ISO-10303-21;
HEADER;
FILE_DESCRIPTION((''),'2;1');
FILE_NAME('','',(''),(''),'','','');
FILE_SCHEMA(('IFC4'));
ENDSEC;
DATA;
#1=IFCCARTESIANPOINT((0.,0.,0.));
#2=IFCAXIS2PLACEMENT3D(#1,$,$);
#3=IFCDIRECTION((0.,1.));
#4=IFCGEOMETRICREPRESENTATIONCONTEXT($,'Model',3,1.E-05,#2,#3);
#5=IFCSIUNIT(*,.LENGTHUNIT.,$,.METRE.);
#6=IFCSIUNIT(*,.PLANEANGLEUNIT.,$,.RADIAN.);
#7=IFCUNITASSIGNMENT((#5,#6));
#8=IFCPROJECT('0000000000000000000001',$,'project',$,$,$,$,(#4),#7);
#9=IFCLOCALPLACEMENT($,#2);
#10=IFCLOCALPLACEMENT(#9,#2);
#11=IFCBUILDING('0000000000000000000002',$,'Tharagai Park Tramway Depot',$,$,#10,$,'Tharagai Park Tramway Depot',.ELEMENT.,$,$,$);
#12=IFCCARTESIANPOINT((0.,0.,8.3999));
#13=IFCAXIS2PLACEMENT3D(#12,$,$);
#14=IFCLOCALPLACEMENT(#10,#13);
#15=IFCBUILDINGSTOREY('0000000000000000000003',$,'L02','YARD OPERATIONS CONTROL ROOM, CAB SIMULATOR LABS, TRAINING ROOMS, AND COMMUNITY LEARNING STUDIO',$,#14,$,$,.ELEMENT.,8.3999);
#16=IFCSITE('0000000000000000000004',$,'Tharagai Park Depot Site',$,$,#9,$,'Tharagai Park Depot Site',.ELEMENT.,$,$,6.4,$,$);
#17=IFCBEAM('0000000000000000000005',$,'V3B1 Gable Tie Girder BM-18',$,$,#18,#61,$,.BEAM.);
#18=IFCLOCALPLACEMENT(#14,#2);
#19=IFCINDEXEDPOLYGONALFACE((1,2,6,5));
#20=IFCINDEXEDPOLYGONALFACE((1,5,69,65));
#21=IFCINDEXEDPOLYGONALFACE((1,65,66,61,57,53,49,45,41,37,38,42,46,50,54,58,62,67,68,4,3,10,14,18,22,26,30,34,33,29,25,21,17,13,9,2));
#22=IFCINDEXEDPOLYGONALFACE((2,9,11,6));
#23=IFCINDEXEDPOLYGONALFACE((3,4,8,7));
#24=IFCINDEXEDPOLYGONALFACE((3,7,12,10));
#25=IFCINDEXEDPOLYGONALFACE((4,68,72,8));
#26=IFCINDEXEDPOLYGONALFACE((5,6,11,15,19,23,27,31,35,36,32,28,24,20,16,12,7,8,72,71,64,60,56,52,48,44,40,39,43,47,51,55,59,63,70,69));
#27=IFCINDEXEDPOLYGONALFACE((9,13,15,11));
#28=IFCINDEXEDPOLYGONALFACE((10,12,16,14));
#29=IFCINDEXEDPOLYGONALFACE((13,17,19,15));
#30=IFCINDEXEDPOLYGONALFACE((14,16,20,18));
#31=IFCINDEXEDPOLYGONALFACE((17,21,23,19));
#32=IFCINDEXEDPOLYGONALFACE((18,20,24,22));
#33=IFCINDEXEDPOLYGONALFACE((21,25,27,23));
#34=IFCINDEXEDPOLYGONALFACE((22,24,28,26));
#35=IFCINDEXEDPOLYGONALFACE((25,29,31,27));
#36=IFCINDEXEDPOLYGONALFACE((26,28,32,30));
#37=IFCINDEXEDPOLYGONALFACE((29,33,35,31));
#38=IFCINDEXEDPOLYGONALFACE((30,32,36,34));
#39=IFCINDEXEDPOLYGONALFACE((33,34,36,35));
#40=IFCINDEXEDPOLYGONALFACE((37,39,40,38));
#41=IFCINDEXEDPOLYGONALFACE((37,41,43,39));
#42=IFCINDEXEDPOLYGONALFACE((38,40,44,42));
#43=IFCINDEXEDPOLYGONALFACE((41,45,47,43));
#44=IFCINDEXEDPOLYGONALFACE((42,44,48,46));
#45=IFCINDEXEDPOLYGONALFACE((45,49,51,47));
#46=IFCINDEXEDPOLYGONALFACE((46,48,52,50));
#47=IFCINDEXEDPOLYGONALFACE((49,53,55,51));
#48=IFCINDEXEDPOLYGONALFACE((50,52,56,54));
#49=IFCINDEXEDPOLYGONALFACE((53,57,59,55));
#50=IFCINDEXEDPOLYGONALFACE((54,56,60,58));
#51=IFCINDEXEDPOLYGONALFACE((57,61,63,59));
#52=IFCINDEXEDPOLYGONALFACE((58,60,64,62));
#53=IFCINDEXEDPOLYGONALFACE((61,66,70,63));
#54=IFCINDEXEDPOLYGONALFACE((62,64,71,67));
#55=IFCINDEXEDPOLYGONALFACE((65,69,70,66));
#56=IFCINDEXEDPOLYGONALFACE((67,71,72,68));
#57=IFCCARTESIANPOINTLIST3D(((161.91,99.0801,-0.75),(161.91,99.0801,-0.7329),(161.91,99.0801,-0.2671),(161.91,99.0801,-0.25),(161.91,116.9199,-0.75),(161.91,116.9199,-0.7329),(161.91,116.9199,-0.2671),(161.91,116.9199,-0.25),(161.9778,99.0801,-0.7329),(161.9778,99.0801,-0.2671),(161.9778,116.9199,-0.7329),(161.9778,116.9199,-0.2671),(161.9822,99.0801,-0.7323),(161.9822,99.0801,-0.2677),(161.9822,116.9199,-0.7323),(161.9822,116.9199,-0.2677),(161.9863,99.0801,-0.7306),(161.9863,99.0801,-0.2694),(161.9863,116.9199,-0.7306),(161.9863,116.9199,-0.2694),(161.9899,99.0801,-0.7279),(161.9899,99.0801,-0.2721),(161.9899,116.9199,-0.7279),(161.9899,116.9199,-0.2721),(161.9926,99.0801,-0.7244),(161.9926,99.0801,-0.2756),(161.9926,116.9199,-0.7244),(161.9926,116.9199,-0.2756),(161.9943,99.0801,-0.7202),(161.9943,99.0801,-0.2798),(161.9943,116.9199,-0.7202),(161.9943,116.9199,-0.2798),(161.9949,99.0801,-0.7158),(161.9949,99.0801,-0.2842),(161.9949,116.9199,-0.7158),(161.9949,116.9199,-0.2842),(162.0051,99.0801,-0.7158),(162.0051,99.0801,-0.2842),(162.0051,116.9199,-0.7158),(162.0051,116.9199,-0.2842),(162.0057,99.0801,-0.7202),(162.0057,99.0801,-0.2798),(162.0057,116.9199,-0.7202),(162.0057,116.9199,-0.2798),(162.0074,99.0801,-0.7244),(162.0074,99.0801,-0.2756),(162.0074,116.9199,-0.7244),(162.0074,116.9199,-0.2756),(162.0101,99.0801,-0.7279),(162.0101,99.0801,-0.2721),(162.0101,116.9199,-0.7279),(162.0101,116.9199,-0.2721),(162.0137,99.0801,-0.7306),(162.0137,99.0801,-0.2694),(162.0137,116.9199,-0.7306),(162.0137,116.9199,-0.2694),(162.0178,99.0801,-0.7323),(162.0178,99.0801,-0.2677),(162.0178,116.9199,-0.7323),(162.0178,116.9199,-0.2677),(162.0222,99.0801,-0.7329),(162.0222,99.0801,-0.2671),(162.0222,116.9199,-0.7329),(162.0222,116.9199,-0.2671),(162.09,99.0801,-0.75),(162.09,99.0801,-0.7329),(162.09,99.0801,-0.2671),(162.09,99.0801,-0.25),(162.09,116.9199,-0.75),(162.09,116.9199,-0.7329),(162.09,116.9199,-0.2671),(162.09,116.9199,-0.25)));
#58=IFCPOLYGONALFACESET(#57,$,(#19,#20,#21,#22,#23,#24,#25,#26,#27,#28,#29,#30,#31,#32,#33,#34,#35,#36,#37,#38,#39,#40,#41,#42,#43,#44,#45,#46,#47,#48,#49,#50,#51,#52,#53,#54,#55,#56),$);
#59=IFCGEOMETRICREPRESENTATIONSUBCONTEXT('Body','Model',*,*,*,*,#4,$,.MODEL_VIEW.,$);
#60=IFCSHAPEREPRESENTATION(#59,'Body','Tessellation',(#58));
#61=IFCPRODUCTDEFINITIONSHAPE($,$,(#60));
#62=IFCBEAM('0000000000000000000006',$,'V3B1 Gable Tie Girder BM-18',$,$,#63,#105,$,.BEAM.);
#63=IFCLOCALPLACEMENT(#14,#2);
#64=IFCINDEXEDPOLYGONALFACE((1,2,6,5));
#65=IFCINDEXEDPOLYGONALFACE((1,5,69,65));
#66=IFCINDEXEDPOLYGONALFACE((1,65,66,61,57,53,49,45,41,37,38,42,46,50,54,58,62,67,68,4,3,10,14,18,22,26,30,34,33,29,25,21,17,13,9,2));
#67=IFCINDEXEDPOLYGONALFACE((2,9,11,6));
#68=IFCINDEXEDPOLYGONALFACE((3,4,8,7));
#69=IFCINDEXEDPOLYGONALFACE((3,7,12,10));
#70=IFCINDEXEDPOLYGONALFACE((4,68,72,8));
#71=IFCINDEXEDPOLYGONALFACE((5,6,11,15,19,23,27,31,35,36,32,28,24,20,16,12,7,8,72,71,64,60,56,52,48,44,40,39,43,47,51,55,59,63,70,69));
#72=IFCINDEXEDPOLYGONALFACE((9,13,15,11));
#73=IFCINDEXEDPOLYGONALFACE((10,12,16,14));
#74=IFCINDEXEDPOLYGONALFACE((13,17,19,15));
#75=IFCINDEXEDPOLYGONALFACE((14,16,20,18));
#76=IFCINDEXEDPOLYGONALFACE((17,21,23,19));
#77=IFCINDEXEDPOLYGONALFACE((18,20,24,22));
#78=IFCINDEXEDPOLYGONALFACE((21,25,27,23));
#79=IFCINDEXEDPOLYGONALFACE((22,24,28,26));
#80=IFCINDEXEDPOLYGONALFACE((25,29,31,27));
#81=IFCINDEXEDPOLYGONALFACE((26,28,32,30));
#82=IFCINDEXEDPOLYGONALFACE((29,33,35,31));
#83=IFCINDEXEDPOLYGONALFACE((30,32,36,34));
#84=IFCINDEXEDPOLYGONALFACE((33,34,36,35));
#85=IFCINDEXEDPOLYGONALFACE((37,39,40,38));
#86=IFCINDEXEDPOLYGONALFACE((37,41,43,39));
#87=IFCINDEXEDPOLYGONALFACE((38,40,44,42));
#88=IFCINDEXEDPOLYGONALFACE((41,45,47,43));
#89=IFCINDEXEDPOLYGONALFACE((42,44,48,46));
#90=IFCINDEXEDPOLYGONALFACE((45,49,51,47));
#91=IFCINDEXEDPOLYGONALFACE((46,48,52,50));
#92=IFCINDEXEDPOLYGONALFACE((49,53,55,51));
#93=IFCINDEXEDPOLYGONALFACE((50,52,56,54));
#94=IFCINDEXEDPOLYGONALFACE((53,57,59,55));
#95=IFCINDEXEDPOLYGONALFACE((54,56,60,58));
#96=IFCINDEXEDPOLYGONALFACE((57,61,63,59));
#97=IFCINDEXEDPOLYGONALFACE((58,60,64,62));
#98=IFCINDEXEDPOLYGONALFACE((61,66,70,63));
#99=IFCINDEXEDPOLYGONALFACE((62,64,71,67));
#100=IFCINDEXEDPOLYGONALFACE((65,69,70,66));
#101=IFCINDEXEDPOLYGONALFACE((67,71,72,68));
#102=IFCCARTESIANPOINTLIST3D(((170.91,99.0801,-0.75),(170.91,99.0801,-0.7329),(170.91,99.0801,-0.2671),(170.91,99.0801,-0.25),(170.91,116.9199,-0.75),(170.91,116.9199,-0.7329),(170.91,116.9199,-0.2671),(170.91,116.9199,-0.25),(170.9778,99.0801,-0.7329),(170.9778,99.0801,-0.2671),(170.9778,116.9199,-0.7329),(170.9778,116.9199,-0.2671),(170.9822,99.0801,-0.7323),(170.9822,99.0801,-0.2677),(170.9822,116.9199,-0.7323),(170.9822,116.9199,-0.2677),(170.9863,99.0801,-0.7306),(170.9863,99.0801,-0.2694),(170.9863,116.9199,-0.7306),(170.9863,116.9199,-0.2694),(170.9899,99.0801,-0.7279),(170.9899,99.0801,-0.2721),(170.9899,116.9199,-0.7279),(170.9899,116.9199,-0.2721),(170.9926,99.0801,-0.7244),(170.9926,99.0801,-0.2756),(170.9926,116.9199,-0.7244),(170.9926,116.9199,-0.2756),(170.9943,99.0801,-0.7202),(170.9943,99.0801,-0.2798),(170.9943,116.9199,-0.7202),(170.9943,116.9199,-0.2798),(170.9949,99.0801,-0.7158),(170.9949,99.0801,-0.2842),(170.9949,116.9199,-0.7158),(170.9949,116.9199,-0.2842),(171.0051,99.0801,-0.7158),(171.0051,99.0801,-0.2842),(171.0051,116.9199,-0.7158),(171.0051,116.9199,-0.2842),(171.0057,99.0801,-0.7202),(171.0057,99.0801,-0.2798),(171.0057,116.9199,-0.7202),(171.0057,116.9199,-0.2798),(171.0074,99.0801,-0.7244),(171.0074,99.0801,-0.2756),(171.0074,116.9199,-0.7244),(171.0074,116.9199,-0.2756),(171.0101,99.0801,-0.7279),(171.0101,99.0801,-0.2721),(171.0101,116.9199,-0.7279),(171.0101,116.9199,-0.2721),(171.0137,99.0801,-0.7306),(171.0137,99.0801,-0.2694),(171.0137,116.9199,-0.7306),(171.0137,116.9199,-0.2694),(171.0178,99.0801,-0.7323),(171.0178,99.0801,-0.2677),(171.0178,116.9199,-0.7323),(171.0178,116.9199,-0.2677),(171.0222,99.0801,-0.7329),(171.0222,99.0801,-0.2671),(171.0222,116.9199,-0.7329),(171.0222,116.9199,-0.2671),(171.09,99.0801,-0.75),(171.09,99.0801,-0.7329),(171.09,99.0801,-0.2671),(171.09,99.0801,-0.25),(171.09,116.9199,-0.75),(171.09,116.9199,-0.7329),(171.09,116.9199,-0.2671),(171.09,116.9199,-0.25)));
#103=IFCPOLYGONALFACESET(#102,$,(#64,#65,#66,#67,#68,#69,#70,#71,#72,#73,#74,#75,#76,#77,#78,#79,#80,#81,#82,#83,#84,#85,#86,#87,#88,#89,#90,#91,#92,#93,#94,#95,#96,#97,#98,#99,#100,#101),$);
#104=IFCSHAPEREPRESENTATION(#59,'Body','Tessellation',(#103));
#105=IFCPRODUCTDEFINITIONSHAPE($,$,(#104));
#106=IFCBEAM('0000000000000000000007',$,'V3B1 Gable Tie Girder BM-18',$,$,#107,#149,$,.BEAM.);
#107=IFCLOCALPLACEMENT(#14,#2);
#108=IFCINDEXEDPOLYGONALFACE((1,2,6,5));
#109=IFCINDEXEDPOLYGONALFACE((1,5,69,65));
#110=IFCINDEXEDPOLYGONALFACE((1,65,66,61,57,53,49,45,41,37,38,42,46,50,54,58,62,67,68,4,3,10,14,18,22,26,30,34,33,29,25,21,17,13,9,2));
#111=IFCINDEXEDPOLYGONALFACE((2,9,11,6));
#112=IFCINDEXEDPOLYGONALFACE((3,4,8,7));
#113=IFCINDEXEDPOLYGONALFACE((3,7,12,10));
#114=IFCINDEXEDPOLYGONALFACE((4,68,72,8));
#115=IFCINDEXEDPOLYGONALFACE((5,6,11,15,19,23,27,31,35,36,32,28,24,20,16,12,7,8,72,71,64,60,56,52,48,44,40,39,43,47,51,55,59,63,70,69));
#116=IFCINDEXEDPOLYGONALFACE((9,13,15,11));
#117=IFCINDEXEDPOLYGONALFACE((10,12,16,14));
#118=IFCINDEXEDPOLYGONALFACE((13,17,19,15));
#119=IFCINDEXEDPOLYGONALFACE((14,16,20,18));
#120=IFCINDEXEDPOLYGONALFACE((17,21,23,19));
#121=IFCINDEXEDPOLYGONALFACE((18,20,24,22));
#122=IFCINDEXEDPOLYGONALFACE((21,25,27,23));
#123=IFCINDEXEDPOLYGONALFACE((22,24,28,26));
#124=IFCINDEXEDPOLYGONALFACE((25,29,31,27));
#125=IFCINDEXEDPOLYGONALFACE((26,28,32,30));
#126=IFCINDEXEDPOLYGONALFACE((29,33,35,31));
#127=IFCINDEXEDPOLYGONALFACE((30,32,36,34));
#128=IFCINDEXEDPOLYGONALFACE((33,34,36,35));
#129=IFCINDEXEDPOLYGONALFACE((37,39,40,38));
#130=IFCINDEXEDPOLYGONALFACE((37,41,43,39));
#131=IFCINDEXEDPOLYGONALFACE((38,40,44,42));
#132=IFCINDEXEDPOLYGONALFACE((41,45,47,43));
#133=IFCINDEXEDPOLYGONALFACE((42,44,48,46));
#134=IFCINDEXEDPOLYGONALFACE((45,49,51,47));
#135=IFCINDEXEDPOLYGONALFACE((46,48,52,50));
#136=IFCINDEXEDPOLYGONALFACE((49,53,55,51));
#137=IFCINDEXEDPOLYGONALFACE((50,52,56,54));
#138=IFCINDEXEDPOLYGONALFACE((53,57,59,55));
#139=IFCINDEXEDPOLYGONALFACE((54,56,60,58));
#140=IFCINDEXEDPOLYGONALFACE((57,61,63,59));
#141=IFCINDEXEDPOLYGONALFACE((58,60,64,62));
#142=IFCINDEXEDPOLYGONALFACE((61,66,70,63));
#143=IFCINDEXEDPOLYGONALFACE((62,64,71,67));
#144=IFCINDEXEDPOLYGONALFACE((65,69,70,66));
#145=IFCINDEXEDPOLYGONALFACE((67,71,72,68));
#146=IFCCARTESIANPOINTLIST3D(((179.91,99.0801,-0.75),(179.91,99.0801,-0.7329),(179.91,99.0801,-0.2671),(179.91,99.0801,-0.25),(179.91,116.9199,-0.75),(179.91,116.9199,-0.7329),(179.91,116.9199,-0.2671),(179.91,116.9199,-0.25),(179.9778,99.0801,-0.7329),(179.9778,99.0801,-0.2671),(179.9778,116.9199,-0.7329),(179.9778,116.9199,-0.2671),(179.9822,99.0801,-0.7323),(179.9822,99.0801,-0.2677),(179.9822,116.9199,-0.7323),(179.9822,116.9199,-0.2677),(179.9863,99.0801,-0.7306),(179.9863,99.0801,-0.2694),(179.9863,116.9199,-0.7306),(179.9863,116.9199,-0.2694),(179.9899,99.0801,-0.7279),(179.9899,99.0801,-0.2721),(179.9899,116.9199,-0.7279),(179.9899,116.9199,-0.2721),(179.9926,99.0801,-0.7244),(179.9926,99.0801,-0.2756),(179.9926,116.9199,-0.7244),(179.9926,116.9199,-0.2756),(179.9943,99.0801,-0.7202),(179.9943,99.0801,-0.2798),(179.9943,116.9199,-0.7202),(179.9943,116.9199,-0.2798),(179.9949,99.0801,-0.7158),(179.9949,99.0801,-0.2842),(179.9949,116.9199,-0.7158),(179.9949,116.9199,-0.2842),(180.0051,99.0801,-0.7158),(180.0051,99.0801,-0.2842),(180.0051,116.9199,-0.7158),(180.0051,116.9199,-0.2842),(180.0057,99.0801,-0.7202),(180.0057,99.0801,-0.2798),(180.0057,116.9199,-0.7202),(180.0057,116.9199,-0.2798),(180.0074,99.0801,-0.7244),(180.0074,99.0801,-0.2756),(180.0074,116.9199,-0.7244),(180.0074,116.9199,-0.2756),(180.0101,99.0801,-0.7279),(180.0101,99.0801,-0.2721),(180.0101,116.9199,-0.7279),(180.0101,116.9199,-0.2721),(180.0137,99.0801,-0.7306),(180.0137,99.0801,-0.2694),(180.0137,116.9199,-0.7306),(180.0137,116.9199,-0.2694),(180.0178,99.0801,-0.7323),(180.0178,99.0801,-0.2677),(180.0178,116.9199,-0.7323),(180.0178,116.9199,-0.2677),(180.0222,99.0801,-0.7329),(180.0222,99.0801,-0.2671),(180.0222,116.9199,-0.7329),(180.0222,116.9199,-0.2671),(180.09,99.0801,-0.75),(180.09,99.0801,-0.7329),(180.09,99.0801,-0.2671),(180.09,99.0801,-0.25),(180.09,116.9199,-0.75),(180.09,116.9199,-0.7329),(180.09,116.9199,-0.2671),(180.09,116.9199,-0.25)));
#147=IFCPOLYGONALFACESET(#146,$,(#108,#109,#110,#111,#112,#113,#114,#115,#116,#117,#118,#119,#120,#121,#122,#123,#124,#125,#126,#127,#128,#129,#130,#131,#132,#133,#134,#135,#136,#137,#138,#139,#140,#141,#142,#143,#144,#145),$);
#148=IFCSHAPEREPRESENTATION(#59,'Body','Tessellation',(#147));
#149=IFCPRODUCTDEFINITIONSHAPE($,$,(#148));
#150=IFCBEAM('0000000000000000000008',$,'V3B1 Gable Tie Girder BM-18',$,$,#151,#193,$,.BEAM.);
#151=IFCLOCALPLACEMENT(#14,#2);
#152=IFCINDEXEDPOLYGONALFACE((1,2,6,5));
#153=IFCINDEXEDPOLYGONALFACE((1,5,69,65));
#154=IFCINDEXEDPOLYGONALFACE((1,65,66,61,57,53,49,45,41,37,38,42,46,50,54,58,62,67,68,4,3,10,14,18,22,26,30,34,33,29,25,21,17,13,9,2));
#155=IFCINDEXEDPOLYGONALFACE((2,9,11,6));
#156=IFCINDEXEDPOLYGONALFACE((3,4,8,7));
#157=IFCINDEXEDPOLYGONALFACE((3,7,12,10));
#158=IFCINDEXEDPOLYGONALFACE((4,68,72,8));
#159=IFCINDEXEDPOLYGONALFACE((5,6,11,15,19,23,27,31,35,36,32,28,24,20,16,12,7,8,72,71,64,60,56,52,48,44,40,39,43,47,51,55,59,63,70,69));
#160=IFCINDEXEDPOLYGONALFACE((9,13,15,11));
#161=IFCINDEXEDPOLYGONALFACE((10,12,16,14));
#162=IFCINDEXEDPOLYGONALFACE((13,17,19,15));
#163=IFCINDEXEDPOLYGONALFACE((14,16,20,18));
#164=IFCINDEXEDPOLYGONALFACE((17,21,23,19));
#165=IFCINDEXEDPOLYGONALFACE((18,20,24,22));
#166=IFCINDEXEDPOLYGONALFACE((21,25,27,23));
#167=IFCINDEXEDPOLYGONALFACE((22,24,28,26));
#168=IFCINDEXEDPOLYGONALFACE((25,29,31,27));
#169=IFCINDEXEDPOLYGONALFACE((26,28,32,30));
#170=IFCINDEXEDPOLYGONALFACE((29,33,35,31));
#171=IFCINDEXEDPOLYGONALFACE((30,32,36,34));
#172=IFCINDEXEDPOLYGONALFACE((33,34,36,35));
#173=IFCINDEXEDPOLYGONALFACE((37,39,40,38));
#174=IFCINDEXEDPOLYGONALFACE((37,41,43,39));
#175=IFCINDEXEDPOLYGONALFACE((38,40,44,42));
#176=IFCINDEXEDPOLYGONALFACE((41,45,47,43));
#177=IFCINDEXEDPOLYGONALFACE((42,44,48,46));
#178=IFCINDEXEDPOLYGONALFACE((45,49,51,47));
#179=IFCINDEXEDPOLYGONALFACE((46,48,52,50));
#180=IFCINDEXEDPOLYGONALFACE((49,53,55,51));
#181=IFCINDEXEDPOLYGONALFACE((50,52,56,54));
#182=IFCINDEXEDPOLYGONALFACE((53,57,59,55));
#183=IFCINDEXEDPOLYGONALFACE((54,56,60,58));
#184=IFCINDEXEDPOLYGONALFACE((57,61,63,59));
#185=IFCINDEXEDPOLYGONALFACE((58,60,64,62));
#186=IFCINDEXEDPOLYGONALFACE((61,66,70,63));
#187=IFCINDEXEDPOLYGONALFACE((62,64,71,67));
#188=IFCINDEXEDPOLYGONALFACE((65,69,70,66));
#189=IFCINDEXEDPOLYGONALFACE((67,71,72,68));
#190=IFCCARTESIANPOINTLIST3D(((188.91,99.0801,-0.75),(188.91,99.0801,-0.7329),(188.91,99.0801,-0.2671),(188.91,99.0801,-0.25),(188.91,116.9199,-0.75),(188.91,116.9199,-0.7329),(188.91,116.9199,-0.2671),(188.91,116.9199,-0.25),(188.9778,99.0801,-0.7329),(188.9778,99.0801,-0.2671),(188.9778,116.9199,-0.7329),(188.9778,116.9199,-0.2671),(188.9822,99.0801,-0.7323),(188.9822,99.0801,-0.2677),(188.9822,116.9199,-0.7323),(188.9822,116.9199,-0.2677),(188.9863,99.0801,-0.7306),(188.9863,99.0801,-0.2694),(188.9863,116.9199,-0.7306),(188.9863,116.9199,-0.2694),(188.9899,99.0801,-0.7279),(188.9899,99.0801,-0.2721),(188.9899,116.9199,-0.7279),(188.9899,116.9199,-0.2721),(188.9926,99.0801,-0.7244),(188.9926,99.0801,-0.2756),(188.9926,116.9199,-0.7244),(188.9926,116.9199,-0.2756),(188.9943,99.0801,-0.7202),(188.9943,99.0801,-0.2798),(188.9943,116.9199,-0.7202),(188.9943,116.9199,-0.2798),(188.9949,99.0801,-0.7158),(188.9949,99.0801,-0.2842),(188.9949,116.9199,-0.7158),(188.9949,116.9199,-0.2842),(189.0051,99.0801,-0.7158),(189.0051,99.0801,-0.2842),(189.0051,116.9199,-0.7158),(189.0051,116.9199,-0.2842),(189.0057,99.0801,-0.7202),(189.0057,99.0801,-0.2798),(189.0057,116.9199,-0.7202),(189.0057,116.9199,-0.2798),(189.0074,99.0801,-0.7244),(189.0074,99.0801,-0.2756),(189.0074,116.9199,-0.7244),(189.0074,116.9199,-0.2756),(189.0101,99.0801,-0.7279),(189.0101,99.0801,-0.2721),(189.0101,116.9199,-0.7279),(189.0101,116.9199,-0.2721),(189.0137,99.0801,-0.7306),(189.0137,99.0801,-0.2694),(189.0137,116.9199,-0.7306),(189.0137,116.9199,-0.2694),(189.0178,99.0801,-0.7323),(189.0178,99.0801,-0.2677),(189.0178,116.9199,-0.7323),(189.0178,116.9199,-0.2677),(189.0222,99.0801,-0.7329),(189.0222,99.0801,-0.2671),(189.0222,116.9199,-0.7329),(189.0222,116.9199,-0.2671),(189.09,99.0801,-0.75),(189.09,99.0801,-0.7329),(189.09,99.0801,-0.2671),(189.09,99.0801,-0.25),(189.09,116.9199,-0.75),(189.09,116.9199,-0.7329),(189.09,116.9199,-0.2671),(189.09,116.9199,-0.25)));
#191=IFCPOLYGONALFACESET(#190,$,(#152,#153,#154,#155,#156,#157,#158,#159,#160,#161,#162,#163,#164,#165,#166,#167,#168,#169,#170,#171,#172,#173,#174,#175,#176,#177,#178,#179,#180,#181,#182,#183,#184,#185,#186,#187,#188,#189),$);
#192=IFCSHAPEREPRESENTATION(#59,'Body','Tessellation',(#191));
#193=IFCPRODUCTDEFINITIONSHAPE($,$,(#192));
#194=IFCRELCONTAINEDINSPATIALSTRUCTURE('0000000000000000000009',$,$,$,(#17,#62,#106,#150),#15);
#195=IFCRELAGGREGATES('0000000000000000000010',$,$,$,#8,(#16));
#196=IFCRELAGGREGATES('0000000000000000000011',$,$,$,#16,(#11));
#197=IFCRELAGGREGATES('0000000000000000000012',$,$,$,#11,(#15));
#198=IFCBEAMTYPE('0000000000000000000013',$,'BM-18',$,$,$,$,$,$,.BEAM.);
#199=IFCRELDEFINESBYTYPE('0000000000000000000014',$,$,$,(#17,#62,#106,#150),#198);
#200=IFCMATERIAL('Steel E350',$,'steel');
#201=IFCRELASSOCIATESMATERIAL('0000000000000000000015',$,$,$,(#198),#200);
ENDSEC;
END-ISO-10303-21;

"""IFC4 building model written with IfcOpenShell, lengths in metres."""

from ifc_helpers import new_model, si_unit, direction, frame, origin, origin_2d, place, context, subcontext, project, spatial, i_section, extrude, material, material_profile, profile_set, type_object, element, save


model = new_model("IFC4")

# Units and contexts
model_context = context("Model", 3, precision=1e-05, world=origin(), true_north=direction((0.0, 1.0)))
body_context = subcontext(model_context, "Body", "Model", "MODEL_VIEW")
ifc_project = project(units=[si_unit("LENGTHUNIT", "METRE"), si_unit("PLANEANGLEUNIT", "RADIAN")], contexts=[model_context])

# Site, building, storey
site_placement = place(None, origin())
site = spatial("IfcSite", under=ifc_project, at=site_placement, Name="Tharagai Park Depot Site", LongName="Tharagai Park Depot Site", CompositionType="ELEMENT", RefElevation=6.4)
building_placement = place(site_placement, origin())
building = spatial("IfcBuilding", under=site, at=building_placement, Name="Tharagai Park Tramway Depot", LongName="Tharagai Park Tramway Depot", CompositionType="ELEMENT")
storey_placement = place(building_placement, frame((0.0, 0.0, 8.3999)))
storey = spatial("IfcBuildingStorey", under=building, at=storey_placement, Name="L02", Description="YARD OPERATIONS CONTROL ROOM, CAB SIMULATOR LABS, TRAINING ROOMS, AND COMMUNITY LEARNING STUDIO", CompositionType="ELEMENT", Elevation=8.3999)

# Beams
ifc_material_1 = material(Name="Steel E350", Category="steel")
ifc_material_profile_1 = material_profile(ifc_material_1, i_section(OverallWidth=0.1799, OverallDepth=0.5, WebThickness=0.0103, FlangeThickness=0.0171, FilletRadius=0.0171, at=origin_2d()), Name="ISMB 500")
ifc_profile_set_1 = profile_set([ifc_material_profile_1], Name="Steel E350")
beam_type = type_object("IfcBeamType", Name="BM-18", PredefinedType="BEAM", material=ifc_profile_set_1)
for number, where, z_axis, x_axis, name in (
    (1, (162.0, 99.0801, -0.5), (0.0, 1.0, 0.0), (-1.0, 0.0, 0.0), "V3B1 Gable Tie Girder BM-18"),
    (2, (171.0, 99.0801, -0.5), (0.0, 1.0, 0.0), (-1.0, 0.0, 0.0), "V3B1 Gable Tie Girder BM-18"),
    (3, (180.0, 99.0801, -0.5), (0.0, 1.0, 0.0), (-1.0, 0.0, 0.0), "V3B1 Gable Tie Girder BM-18"),
    (4, (189.0, 99.0801, -0.5), (0.0, 1.0, 0.0), (-1.0, 0.0, 0.0), "V3B1 Gable Tie Girder BM-18"),
):
    element("IfcBeam", number, at=place(storey_placement, frame(where, z_axis=z_axis, x_axis=x_axis)), inside=storey, type_object=beam_type, Name=name, PredefinedType="BEAM", context=body_context, shape_type="SweptSolid", body=[
        extrude(i_section(OverallWidth=0.1799, OverallDepth=0.5, WebThickness=0.0103, FlangeThickness=0.0171, FilletRadius=0.0171, at=origin_2d()), origin(), (0.0, 0.0, 1.0), 17.8398),
    ])

save(model, "model.ifc")
